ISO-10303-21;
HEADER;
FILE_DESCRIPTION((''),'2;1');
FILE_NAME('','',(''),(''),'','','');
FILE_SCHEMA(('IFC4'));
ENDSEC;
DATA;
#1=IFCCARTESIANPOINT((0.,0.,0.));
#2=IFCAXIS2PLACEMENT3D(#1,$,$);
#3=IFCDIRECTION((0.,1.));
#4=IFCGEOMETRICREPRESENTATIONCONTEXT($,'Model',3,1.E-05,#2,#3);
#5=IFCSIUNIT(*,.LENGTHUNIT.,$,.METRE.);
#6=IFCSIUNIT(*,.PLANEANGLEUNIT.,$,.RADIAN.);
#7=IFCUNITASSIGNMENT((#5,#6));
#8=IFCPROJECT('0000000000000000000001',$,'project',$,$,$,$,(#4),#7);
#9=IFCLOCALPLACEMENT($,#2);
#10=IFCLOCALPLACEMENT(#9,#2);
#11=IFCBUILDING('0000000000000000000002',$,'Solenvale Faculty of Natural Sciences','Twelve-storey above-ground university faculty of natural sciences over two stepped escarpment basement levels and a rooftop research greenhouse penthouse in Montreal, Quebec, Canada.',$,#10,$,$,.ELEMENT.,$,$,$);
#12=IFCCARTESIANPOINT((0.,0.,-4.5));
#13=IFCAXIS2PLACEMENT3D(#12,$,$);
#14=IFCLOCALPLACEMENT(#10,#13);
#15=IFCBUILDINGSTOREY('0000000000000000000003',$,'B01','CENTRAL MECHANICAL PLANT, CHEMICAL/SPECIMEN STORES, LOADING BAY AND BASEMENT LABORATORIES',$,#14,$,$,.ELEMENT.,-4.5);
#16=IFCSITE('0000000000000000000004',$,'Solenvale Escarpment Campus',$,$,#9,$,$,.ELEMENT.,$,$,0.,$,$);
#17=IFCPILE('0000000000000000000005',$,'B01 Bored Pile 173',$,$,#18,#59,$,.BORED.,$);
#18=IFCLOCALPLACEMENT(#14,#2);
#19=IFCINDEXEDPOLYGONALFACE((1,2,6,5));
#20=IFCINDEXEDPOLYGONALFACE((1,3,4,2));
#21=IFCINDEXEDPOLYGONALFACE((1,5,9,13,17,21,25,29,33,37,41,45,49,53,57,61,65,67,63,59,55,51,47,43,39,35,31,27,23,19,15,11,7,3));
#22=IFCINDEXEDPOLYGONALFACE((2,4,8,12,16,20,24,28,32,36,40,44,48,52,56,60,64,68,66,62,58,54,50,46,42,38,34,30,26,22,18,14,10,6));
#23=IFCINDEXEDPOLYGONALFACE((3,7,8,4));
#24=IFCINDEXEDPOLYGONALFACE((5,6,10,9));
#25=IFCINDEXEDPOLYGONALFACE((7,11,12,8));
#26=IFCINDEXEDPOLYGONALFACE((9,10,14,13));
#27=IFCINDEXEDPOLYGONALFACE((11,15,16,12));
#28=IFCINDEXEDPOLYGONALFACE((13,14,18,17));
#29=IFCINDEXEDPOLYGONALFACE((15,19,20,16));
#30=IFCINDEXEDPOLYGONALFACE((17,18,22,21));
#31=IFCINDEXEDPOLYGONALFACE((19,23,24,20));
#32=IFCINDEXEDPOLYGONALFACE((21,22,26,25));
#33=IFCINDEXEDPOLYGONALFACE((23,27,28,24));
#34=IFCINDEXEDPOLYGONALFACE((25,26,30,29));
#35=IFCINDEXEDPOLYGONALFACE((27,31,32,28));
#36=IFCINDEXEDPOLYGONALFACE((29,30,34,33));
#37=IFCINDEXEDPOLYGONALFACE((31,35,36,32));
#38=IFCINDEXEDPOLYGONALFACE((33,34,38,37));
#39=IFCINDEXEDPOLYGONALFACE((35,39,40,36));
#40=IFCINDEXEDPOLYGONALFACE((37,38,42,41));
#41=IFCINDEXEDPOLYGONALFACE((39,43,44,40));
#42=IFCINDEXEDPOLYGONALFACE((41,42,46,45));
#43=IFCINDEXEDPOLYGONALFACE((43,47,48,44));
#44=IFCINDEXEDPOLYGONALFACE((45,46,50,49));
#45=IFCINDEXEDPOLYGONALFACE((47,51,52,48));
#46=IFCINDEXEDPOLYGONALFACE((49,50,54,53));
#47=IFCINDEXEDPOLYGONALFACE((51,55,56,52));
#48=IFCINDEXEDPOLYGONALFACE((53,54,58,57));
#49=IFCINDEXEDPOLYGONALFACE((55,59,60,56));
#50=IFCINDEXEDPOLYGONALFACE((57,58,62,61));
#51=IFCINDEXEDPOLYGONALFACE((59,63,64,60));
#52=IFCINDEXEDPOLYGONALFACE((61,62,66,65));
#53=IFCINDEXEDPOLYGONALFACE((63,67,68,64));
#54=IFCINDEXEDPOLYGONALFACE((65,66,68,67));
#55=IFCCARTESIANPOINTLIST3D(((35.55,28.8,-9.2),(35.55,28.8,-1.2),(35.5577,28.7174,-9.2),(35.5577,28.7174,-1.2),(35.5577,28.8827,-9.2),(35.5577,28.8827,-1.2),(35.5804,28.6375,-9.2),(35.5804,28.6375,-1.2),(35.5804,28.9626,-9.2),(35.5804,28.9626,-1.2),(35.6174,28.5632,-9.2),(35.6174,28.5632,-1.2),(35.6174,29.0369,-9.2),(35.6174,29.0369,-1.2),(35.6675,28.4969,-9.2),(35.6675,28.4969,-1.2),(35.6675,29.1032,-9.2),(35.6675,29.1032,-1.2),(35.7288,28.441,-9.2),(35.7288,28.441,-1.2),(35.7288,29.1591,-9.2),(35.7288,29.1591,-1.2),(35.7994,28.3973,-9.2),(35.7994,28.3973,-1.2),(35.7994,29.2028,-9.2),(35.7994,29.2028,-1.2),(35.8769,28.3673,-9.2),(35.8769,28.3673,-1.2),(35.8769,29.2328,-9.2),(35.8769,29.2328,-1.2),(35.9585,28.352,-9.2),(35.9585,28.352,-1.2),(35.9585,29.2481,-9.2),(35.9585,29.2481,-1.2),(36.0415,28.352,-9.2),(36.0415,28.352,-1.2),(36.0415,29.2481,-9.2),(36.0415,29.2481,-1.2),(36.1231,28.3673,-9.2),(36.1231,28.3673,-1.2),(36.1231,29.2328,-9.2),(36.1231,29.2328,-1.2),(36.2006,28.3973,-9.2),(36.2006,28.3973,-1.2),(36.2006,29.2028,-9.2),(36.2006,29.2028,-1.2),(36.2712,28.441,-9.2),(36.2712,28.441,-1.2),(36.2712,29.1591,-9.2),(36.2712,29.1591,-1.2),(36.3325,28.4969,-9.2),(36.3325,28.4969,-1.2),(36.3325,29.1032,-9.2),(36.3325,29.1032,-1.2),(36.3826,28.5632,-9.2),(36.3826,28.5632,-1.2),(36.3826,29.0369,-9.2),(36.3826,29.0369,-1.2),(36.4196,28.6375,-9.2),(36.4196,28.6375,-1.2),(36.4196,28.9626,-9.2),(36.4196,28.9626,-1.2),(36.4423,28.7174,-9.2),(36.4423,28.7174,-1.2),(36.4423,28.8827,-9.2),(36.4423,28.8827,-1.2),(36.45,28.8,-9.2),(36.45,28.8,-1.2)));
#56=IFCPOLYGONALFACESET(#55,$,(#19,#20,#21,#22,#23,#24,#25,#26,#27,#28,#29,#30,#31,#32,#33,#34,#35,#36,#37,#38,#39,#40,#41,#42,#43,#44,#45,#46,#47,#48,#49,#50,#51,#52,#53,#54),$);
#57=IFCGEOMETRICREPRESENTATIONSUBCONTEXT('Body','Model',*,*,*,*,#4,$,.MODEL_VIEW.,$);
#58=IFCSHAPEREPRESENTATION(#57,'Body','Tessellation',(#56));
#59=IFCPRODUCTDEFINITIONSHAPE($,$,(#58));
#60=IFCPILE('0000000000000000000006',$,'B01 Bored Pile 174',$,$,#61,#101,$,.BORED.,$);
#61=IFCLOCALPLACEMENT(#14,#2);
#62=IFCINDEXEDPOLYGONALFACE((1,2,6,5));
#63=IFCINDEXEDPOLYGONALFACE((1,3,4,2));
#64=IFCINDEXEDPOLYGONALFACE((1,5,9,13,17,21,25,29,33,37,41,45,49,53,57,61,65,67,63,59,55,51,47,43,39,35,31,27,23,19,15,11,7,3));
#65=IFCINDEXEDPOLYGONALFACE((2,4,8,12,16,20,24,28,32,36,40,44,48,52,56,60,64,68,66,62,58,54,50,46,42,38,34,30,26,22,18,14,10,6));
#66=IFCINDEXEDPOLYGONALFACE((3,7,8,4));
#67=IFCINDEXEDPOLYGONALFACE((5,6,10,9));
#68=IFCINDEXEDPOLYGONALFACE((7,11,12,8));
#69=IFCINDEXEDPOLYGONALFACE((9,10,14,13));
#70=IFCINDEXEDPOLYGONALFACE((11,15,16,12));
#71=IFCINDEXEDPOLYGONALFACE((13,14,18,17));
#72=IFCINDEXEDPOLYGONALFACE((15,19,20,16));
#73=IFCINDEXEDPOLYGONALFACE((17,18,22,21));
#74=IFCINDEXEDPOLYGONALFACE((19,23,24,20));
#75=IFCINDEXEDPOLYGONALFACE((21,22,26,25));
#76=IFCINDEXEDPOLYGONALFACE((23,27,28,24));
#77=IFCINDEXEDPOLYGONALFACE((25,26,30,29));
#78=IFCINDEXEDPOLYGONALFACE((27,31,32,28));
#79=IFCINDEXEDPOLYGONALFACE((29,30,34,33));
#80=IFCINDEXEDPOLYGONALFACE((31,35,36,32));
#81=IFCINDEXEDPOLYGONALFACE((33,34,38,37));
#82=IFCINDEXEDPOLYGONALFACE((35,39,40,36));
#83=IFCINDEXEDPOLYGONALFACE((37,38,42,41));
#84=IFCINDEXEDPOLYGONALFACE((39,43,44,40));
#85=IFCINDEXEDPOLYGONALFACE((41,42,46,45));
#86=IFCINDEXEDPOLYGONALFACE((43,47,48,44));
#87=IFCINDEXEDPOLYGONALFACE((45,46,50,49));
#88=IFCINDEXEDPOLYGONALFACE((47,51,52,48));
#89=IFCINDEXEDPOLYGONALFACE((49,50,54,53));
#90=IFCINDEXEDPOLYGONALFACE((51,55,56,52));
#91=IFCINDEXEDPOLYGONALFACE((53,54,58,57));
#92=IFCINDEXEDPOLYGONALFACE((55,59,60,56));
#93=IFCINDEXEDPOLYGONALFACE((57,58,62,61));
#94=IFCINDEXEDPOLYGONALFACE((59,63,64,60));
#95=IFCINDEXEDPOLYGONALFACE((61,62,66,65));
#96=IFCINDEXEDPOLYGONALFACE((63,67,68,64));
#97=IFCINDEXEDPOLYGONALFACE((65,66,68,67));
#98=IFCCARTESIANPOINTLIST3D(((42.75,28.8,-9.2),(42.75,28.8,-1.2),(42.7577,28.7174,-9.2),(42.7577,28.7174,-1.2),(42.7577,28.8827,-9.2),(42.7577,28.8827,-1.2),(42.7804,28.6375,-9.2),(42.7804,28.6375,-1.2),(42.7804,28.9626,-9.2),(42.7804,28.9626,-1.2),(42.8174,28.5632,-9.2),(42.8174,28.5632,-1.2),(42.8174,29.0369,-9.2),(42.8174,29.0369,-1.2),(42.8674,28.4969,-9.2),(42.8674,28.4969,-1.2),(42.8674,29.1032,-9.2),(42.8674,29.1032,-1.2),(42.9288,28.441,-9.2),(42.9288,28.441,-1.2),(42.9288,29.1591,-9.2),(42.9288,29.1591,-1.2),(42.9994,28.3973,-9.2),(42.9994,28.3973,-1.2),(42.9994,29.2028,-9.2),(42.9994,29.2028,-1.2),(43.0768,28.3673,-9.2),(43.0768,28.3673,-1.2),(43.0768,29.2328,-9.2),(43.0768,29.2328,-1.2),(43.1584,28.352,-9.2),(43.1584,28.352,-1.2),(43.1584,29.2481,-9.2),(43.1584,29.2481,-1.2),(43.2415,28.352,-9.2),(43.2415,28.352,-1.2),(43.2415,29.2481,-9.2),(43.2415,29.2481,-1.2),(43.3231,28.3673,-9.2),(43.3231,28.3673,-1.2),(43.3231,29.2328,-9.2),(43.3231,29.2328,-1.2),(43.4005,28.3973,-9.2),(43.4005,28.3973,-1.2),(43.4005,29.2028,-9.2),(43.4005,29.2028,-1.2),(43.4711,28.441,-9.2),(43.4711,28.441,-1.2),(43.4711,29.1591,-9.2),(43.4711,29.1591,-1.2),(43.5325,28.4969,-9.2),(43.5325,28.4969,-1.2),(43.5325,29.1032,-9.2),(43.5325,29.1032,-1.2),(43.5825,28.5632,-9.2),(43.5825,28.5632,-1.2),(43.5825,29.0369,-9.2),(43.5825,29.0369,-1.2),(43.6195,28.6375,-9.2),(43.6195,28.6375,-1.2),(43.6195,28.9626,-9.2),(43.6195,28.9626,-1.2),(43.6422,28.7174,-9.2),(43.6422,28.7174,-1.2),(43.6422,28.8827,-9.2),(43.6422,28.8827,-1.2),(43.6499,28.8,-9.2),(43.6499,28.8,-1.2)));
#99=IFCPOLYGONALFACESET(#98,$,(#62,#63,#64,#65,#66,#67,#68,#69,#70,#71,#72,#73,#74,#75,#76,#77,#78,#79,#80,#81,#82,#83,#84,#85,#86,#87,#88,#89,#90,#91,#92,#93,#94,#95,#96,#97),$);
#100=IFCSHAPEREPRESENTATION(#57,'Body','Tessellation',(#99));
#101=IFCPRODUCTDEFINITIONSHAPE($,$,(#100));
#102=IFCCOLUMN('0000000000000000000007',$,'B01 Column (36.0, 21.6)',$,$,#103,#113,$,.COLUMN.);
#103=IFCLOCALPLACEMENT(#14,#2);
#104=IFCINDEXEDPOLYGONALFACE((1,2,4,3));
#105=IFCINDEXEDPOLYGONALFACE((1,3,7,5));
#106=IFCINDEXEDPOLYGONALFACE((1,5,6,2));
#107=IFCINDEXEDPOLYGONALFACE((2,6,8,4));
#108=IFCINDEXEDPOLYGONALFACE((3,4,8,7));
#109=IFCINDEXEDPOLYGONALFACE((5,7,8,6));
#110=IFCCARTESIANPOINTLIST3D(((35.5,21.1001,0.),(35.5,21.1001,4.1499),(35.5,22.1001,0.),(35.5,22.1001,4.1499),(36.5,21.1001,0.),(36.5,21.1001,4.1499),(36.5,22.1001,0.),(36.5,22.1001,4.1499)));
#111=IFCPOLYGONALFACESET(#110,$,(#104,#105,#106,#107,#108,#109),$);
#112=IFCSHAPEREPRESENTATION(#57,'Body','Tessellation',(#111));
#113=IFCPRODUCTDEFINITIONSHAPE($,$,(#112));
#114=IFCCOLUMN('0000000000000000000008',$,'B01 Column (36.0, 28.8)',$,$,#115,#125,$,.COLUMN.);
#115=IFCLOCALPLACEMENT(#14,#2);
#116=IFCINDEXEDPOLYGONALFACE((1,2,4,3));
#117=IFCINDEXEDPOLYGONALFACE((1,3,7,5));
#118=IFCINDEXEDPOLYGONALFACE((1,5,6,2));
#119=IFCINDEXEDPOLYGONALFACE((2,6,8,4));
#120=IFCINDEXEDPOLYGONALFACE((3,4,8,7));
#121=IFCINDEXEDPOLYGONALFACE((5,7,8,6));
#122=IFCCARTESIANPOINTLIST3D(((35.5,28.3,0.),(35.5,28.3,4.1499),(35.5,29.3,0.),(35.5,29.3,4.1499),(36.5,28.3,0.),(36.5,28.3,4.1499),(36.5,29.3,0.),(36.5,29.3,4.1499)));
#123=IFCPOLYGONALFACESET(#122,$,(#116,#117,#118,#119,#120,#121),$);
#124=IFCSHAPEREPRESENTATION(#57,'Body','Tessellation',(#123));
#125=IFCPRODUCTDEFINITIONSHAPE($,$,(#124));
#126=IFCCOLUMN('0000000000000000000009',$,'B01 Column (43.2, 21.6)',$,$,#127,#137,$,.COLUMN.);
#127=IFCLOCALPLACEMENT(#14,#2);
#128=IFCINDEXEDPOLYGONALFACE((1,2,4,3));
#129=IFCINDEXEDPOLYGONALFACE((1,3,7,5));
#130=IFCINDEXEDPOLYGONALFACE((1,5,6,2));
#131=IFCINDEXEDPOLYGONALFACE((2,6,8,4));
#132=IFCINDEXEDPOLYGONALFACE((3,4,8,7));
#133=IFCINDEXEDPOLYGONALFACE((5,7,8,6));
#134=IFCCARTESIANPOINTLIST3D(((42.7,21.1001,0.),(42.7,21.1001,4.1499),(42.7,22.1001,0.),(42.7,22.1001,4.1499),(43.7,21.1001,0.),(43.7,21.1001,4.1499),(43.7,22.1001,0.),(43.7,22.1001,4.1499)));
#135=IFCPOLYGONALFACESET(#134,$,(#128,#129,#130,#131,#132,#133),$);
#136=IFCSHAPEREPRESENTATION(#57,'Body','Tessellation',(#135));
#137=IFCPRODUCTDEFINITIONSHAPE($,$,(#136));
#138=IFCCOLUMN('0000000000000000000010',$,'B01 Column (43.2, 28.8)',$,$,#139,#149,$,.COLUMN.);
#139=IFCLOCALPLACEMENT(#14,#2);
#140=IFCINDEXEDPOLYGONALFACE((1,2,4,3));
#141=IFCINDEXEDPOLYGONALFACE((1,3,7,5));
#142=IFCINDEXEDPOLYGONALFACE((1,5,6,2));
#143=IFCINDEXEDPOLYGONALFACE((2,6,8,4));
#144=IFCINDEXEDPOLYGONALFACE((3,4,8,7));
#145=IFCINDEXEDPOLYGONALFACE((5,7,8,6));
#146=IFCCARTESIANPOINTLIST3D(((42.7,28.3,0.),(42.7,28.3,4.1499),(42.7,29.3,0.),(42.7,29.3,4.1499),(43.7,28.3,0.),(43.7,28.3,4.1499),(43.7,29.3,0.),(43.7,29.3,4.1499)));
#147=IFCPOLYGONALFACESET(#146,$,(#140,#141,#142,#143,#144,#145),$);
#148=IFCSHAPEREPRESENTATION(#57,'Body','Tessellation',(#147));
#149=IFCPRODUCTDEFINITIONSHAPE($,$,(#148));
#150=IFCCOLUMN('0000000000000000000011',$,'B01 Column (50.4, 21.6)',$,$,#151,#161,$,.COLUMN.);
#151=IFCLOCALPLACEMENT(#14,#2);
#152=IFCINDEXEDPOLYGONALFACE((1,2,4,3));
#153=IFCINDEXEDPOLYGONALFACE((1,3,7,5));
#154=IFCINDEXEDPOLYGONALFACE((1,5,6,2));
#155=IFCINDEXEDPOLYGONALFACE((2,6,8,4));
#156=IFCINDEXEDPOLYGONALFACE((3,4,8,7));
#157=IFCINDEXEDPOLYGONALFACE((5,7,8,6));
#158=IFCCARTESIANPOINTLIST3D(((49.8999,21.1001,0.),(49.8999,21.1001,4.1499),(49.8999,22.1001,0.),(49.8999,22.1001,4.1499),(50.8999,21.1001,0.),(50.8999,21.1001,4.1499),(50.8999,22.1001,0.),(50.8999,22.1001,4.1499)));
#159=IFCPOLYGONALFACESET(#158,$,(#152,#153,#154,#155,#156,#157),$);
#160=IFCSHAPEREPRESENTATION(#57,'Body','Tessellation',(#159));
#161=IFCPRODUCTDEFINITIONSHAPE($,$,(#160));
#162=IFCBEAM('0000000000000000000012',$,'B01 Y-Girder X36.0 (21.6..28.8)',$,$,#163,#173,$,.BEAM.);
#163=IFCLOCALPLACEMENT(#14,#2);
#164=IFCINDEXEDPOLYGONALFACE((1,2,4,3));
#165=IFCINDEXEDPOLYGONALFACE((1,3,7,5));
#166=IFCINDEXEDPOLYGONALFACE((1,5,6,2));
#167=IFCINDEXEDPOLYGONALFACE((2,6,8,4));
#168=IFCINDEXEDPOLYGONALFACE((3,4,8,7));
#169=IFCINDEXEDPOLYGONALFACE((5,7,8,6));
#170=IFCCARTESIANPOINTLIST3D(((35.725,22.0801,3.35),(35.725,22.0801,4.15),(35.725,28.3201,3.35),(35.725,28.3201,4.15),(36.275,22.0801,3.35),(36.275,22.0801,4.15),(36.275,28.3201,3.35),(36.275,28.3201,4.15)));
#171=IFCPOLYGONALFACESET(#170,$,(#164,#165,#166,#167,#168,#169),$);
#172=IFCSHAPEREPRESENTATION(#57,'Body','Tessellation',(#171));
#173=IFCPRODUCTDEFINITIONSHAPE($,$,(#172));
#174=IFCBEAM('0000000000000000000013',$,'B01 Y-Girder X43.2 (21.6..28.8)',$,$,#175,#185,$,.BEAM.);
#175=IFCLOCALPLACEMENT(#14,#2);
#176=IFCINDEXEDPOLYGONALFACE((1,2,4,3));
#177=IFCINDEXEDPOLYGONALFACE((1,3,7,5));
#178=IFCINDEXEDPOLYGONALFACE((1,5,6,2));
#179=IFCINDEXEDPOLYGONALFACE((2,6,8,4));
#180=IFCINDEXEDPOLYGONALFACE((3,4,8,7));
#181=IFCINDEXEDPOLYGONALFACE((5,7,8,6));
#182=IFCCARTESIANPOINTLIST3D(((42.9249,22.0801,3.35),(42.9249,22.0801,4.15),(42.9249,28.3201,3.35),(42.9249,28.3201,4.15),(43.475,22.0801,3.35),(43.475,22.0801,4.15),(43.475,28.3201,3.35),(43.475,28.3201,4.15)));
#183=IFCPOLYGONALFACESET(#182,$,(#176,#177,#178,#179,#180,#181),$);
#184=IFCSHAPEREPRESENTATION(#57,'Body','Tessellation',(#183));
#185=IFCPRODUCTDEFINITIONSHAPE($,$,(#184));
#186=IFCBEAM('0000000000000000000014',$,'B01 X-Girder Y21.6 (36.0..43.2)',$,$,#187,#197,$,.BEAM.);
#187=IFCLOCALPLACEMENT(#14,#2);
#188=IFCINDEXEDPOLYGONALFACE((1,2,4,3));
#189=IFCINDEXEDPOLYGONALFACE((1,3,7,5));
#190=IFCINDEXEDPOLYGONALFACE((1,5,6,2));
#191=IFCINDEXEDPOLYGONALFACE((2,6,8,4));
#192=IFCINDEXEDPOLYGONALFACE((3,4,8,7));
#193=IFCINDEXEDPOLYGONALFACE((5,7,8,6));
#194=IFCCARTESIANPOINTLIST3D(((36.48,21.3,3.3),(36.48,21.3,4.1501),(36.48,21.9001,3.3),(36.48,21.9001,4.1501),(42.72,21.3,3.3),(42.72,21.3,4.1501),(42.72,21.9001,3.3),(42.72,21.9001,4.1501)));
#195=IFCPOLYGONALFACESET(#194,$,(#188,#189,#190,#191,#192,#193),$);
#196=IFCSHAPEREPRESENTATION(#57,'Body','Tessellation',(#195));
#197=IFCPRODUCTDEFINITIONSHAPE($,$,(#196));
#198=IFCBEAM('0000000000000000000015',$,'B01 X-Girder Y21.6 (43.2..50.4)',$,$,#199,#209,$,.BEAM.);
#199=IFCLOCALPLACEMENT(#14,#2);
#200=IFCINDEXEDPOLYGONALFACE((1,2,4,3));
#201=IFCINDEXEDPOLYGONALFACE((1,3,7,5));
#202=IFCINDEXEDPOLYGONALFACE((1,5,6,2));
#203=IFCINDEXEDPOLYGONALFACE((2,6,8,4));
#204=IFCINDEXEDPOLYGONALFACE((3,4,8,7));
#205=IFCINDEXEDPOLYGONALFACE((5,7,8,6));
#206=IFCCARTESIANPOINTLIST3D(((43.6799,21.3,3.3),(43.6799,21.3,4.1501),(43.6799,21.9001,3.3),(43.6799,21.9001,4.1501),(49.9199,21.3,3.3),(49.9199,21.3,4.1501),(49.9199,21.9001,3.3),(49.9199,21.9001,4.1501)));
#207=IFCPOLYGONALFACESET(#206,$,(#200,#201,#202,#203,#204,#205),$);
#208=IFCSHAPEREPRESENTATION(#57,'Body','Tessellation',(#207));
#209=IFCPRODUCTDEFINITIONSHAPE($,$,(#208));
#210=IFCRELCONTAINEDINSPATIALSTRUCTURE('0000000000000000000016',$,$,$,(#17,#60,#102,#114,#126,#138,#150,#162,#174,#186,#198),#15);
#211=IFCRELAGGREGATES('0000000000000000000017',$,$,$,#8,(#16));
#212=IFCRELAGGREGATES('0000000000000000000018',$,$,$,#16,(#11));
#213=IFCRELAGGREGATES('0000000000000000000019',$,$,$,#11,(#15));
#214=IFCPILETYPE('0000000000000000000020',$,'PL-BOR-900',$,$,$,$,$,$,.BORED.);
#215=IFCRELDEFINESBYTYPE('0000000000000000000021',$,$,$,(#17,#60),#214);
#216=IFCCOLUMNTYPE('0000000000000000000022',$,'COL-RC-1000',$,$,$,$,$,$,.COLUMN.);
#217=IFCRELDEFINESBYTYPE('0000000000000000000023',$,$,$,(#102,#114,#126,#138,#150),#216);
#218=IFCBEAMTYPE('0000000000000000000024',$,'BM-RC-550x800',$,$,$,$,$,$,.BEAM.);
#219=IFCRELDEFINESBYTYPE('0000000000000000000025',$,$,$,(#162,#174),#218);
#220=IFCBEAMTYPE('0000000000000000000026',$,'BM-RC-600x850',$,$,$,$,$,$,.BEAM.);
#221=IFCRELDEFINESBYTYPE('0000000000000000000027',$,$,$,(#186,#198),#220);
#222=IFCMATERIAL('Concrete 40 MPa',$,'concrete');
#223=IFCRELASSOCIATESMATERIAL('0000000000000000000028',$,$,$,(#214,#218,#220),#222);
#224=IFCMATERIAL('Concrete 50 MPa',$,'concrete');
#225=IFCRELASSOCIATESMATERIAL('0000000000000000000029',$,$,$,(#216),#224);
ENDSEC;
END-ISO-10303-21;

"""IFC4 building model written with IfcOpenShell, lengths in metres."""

from ifc_helpers import new_model, si_unit, direction, frame, origin, origin_2d, place, context, subcontext, project, spatial, rectangle, circle, extrude, material, material_profile, profile_set, type_object, element, save


model = new_model("IFC4")

# Units and contexts
model_context = context("Model", 3, precision=1e-05, world=origin(), true_north=direction((0.0, 1.0)))
body_context = subcontext(model_context, "Body", "Model", "MODEL_VIEW")
ifc_project = project(units=[si_unit("LENGTHUNIT", "METRE"), si_unit("PLANEANGLEUNIT", "RADIAN")], contexts=[model_context])

# Site, building, storey
site_placement = place(None, origin())
site = spatial("IfcSite", under=ifc_project, at=site_placement, Name="Solenvale Escarpment Campus", CompositionType="ELEMENT", RefElevation=0.0)
building_placement = place(site_placement, origin())
building = spatial("IfcBuilding", under=site, at=building_placement, Name="Solenvale Faculty of Natural Sciences", Description="Twelve-storey above-ground university faculty of natural sciences over two stepped escarpment basement levels and a rooftop research greenhouse penthouse in Montreal, Quebec, Canada.", CompositionType="ELEMENT")
storey_placement = place(building_placement, frame((0.0, 0.0, -4.5)))
storey = spatial("IfcBuildingStorey", under=building, at=storey_placement, Name="B01", Description="CENTRAL MECHANICAL PLANT, CHEMICAL/SPECIMEN STORES, LOADING BAY AND BASEMENT LABORATORIES", CompositionType="ELEMENT", Elevation=-4.5)

# Shared definitions
ifc_material_1 = material(Name="Concrete 40 MPa", Category="concrete")

# Piles
ifc_material_profile_1 = material_profile(ifc_material_1, circle(Radius=0.45, at=origin_2d()), Name="PILE-D900")
ifc_profile_set_1 = profile_set([ifc_material_profile_1], Name="Concrete 40 MPa")
pile_type_1 = type_object("IfcPileType", Name="PL-BOR-900", PredefinedType="BORED", material=ifc_profile_set_1)
for number, where, z_axis, x_axis, name in (
    (1, (36.0, 28.8, -1.2), (0.0, 0.0, -1.0), (1.0, 0.0, 0.0), "B01 Bored Pile 173"),
    (2, (43.2, 28.8, -1.2), (0.0, 0.0, -1.0), (1.0, 0.0, 0.0), "B01 Bored Pile 174"),
):
    element("IfcPile", number, at=place(storey_placement, frame(where, z_axis=z_axis, x_axis=x_axis)), inside=storey, type_object=pile_type_1, Name=name, PredefinedType="BORED", context=body_context, shape_type="SweptSolid", body=[
        extrude(circle(Radius=0.45, at=origin_2d()), origin(), (0.0, 0.0, 1.0), 8.0),
    ])

# Columns
ifc_material_2 = material(Name="Concrete 50 MPa", Category="concrete")
ifc_material_profile_2 = material_profile(ifc_material_2, rectangle(XDim=1.0, YDim=1.0, at=origin_2d()), Name="RC-COL-1000x1000")
ifc_profile_set_2 = profile_set([ifc_material_profile_2], Name="Concrete 50 MPa")
column_type = type_object("IfcColumnType", Name="COL-RC-1000", PredefinedType="COLUMN", material=ifc_profile_set_2)
for number, where, z_axis, x_axis, name in (
    (3, (36.0, 21.6001, 0.0), (0.0, 0.0, 1.0), (1.0, 0.0, 0.0), "B01 Column (36.0, 21.6)"),
    (4, (36.0, 28.8, 0.0), (0.0, 0.0, 1.0), (1.0, 0.0, 0.0), "B01 Column (36.0, 28.8)"),
    (5, (43.2, 21.6001, 0.0), (0.0, 0.0, 1.0), (1.0, 0.0, 0.0), "B01 Column (43.2, 21.6)"),
    (6, (43.2, 28.8, 0.0), (0.0, 0.0, 1.0), (1.0, 0.0, 0.0), "B01 Column (43.2, 28.8)"),
    (7, (50.3999, 21.6001, 0.0), (0.0, 0.0, 1.0), (1.0, 0.0, 0.0), "B01 Column (50.4, 21.6)"),
):
    element("IfcColumn", number, at=place(storey_placement, frame(where, z_axis=z_axis, x_axis=x_axis)), inside=storey, type_object=column_type, Name=name, PredefinedType="COLUMN", context=body_context, shape_type="SweptSolid", body=[
        extrude(rectangle(XDim=1.0, YDim=1.0, at=origin_2d()), origin(), (0.0, 0.0, 1.0), 4.1499),
    ])

# Beams
ifc_material_profile_3 = material_profile(ifc_material_1, rectangle(XDim=0.55, YDim=0.8, at=origin_2d()), Name="RC-BM-550x800")
ifc_profile_set_3 = profile_set([ifc_material_profile_3], Name="Concrete 40 MPa")
beam_type_1 = type_object("IfcBeamType", Name="BM-RC-550x800", PredefinedType="BEAM", material=ifc_profile_set_3)
for number, where, z_axis, x_axis, name in (
    (8, (36.0, 22.0801, 3.75), (0.0, 1.0, 0.0), (-1.0, 0.0, 0.0), "B01 Y-Girder X36.0 (21.6..28.8)"),
    (9, (43.2, 22.0801, 3.75), (0.0, 1.0, 0.0), (-1.0, 0.0, 0.0), "B01 Y-Girder X43.2 (21.6..28.8)"),
):
    element("IfcBeam", number, at=place(storey_placement, frame(where, z_axis=z_axis, x_axis=x_axis)), inside=storey, type_object=beam_type_1, Name=name, PredefinedType="BEAM", context=body_context, shape_type="SweptSolid", body=[
        extrude(rectangle(XDim=0.55, YDim=0.8, at=origin_2d()), origin(), (0.0, 0.0, 1.0), 6.24),
    ])
ifc_material_profile_4 = material_profile(ifc_material_1, rectangle(XDim=0.6001, YDim=0.8501, at=origin_2d()), Name="RC-BM-600x850")
ifc_profile_set_4 = profile_set([ifc_material_profile_4], Name="Concrete 40 MPa")
beam_type_2 = type_object("IfcBeamType", Name="BM-RC-600x850", PredefinedType="BEAM", material=ifc_profile_set_4)
for number, where, z_axis, x_axis, name in (
    (10, (36.48, 21.6001, 3.7251), (1.0, 0.0, 0.0), (0.0, 1.0, 0.0), "B01 X-Girder Y21.6 (36.0..43.2)"),
    (11, (43.6799, 21.6001, 3.7251), (1.0, 0.0, 0.0), (0.0, 1.0, 0.0), "B01 X-Girder Y21.6 (43.2..50.4)"),
):
    element("IfcBeam", number, at=place(storey_placement, frame(where, z_axis=z_axis, x_axis=x_axis)), inside=storey, type_object=beam_type_2, Name=name, PredefinedType="BEAM", context=body_context, shape_type="SweptSolid", body=[
        extrude(rectangle(XDim=0.6001, YDim=0.8501, at=origin_2d()), origin(), (0.0, 0.0, 1.0), 6.24),
    ])

save(model, "model.ifc")
